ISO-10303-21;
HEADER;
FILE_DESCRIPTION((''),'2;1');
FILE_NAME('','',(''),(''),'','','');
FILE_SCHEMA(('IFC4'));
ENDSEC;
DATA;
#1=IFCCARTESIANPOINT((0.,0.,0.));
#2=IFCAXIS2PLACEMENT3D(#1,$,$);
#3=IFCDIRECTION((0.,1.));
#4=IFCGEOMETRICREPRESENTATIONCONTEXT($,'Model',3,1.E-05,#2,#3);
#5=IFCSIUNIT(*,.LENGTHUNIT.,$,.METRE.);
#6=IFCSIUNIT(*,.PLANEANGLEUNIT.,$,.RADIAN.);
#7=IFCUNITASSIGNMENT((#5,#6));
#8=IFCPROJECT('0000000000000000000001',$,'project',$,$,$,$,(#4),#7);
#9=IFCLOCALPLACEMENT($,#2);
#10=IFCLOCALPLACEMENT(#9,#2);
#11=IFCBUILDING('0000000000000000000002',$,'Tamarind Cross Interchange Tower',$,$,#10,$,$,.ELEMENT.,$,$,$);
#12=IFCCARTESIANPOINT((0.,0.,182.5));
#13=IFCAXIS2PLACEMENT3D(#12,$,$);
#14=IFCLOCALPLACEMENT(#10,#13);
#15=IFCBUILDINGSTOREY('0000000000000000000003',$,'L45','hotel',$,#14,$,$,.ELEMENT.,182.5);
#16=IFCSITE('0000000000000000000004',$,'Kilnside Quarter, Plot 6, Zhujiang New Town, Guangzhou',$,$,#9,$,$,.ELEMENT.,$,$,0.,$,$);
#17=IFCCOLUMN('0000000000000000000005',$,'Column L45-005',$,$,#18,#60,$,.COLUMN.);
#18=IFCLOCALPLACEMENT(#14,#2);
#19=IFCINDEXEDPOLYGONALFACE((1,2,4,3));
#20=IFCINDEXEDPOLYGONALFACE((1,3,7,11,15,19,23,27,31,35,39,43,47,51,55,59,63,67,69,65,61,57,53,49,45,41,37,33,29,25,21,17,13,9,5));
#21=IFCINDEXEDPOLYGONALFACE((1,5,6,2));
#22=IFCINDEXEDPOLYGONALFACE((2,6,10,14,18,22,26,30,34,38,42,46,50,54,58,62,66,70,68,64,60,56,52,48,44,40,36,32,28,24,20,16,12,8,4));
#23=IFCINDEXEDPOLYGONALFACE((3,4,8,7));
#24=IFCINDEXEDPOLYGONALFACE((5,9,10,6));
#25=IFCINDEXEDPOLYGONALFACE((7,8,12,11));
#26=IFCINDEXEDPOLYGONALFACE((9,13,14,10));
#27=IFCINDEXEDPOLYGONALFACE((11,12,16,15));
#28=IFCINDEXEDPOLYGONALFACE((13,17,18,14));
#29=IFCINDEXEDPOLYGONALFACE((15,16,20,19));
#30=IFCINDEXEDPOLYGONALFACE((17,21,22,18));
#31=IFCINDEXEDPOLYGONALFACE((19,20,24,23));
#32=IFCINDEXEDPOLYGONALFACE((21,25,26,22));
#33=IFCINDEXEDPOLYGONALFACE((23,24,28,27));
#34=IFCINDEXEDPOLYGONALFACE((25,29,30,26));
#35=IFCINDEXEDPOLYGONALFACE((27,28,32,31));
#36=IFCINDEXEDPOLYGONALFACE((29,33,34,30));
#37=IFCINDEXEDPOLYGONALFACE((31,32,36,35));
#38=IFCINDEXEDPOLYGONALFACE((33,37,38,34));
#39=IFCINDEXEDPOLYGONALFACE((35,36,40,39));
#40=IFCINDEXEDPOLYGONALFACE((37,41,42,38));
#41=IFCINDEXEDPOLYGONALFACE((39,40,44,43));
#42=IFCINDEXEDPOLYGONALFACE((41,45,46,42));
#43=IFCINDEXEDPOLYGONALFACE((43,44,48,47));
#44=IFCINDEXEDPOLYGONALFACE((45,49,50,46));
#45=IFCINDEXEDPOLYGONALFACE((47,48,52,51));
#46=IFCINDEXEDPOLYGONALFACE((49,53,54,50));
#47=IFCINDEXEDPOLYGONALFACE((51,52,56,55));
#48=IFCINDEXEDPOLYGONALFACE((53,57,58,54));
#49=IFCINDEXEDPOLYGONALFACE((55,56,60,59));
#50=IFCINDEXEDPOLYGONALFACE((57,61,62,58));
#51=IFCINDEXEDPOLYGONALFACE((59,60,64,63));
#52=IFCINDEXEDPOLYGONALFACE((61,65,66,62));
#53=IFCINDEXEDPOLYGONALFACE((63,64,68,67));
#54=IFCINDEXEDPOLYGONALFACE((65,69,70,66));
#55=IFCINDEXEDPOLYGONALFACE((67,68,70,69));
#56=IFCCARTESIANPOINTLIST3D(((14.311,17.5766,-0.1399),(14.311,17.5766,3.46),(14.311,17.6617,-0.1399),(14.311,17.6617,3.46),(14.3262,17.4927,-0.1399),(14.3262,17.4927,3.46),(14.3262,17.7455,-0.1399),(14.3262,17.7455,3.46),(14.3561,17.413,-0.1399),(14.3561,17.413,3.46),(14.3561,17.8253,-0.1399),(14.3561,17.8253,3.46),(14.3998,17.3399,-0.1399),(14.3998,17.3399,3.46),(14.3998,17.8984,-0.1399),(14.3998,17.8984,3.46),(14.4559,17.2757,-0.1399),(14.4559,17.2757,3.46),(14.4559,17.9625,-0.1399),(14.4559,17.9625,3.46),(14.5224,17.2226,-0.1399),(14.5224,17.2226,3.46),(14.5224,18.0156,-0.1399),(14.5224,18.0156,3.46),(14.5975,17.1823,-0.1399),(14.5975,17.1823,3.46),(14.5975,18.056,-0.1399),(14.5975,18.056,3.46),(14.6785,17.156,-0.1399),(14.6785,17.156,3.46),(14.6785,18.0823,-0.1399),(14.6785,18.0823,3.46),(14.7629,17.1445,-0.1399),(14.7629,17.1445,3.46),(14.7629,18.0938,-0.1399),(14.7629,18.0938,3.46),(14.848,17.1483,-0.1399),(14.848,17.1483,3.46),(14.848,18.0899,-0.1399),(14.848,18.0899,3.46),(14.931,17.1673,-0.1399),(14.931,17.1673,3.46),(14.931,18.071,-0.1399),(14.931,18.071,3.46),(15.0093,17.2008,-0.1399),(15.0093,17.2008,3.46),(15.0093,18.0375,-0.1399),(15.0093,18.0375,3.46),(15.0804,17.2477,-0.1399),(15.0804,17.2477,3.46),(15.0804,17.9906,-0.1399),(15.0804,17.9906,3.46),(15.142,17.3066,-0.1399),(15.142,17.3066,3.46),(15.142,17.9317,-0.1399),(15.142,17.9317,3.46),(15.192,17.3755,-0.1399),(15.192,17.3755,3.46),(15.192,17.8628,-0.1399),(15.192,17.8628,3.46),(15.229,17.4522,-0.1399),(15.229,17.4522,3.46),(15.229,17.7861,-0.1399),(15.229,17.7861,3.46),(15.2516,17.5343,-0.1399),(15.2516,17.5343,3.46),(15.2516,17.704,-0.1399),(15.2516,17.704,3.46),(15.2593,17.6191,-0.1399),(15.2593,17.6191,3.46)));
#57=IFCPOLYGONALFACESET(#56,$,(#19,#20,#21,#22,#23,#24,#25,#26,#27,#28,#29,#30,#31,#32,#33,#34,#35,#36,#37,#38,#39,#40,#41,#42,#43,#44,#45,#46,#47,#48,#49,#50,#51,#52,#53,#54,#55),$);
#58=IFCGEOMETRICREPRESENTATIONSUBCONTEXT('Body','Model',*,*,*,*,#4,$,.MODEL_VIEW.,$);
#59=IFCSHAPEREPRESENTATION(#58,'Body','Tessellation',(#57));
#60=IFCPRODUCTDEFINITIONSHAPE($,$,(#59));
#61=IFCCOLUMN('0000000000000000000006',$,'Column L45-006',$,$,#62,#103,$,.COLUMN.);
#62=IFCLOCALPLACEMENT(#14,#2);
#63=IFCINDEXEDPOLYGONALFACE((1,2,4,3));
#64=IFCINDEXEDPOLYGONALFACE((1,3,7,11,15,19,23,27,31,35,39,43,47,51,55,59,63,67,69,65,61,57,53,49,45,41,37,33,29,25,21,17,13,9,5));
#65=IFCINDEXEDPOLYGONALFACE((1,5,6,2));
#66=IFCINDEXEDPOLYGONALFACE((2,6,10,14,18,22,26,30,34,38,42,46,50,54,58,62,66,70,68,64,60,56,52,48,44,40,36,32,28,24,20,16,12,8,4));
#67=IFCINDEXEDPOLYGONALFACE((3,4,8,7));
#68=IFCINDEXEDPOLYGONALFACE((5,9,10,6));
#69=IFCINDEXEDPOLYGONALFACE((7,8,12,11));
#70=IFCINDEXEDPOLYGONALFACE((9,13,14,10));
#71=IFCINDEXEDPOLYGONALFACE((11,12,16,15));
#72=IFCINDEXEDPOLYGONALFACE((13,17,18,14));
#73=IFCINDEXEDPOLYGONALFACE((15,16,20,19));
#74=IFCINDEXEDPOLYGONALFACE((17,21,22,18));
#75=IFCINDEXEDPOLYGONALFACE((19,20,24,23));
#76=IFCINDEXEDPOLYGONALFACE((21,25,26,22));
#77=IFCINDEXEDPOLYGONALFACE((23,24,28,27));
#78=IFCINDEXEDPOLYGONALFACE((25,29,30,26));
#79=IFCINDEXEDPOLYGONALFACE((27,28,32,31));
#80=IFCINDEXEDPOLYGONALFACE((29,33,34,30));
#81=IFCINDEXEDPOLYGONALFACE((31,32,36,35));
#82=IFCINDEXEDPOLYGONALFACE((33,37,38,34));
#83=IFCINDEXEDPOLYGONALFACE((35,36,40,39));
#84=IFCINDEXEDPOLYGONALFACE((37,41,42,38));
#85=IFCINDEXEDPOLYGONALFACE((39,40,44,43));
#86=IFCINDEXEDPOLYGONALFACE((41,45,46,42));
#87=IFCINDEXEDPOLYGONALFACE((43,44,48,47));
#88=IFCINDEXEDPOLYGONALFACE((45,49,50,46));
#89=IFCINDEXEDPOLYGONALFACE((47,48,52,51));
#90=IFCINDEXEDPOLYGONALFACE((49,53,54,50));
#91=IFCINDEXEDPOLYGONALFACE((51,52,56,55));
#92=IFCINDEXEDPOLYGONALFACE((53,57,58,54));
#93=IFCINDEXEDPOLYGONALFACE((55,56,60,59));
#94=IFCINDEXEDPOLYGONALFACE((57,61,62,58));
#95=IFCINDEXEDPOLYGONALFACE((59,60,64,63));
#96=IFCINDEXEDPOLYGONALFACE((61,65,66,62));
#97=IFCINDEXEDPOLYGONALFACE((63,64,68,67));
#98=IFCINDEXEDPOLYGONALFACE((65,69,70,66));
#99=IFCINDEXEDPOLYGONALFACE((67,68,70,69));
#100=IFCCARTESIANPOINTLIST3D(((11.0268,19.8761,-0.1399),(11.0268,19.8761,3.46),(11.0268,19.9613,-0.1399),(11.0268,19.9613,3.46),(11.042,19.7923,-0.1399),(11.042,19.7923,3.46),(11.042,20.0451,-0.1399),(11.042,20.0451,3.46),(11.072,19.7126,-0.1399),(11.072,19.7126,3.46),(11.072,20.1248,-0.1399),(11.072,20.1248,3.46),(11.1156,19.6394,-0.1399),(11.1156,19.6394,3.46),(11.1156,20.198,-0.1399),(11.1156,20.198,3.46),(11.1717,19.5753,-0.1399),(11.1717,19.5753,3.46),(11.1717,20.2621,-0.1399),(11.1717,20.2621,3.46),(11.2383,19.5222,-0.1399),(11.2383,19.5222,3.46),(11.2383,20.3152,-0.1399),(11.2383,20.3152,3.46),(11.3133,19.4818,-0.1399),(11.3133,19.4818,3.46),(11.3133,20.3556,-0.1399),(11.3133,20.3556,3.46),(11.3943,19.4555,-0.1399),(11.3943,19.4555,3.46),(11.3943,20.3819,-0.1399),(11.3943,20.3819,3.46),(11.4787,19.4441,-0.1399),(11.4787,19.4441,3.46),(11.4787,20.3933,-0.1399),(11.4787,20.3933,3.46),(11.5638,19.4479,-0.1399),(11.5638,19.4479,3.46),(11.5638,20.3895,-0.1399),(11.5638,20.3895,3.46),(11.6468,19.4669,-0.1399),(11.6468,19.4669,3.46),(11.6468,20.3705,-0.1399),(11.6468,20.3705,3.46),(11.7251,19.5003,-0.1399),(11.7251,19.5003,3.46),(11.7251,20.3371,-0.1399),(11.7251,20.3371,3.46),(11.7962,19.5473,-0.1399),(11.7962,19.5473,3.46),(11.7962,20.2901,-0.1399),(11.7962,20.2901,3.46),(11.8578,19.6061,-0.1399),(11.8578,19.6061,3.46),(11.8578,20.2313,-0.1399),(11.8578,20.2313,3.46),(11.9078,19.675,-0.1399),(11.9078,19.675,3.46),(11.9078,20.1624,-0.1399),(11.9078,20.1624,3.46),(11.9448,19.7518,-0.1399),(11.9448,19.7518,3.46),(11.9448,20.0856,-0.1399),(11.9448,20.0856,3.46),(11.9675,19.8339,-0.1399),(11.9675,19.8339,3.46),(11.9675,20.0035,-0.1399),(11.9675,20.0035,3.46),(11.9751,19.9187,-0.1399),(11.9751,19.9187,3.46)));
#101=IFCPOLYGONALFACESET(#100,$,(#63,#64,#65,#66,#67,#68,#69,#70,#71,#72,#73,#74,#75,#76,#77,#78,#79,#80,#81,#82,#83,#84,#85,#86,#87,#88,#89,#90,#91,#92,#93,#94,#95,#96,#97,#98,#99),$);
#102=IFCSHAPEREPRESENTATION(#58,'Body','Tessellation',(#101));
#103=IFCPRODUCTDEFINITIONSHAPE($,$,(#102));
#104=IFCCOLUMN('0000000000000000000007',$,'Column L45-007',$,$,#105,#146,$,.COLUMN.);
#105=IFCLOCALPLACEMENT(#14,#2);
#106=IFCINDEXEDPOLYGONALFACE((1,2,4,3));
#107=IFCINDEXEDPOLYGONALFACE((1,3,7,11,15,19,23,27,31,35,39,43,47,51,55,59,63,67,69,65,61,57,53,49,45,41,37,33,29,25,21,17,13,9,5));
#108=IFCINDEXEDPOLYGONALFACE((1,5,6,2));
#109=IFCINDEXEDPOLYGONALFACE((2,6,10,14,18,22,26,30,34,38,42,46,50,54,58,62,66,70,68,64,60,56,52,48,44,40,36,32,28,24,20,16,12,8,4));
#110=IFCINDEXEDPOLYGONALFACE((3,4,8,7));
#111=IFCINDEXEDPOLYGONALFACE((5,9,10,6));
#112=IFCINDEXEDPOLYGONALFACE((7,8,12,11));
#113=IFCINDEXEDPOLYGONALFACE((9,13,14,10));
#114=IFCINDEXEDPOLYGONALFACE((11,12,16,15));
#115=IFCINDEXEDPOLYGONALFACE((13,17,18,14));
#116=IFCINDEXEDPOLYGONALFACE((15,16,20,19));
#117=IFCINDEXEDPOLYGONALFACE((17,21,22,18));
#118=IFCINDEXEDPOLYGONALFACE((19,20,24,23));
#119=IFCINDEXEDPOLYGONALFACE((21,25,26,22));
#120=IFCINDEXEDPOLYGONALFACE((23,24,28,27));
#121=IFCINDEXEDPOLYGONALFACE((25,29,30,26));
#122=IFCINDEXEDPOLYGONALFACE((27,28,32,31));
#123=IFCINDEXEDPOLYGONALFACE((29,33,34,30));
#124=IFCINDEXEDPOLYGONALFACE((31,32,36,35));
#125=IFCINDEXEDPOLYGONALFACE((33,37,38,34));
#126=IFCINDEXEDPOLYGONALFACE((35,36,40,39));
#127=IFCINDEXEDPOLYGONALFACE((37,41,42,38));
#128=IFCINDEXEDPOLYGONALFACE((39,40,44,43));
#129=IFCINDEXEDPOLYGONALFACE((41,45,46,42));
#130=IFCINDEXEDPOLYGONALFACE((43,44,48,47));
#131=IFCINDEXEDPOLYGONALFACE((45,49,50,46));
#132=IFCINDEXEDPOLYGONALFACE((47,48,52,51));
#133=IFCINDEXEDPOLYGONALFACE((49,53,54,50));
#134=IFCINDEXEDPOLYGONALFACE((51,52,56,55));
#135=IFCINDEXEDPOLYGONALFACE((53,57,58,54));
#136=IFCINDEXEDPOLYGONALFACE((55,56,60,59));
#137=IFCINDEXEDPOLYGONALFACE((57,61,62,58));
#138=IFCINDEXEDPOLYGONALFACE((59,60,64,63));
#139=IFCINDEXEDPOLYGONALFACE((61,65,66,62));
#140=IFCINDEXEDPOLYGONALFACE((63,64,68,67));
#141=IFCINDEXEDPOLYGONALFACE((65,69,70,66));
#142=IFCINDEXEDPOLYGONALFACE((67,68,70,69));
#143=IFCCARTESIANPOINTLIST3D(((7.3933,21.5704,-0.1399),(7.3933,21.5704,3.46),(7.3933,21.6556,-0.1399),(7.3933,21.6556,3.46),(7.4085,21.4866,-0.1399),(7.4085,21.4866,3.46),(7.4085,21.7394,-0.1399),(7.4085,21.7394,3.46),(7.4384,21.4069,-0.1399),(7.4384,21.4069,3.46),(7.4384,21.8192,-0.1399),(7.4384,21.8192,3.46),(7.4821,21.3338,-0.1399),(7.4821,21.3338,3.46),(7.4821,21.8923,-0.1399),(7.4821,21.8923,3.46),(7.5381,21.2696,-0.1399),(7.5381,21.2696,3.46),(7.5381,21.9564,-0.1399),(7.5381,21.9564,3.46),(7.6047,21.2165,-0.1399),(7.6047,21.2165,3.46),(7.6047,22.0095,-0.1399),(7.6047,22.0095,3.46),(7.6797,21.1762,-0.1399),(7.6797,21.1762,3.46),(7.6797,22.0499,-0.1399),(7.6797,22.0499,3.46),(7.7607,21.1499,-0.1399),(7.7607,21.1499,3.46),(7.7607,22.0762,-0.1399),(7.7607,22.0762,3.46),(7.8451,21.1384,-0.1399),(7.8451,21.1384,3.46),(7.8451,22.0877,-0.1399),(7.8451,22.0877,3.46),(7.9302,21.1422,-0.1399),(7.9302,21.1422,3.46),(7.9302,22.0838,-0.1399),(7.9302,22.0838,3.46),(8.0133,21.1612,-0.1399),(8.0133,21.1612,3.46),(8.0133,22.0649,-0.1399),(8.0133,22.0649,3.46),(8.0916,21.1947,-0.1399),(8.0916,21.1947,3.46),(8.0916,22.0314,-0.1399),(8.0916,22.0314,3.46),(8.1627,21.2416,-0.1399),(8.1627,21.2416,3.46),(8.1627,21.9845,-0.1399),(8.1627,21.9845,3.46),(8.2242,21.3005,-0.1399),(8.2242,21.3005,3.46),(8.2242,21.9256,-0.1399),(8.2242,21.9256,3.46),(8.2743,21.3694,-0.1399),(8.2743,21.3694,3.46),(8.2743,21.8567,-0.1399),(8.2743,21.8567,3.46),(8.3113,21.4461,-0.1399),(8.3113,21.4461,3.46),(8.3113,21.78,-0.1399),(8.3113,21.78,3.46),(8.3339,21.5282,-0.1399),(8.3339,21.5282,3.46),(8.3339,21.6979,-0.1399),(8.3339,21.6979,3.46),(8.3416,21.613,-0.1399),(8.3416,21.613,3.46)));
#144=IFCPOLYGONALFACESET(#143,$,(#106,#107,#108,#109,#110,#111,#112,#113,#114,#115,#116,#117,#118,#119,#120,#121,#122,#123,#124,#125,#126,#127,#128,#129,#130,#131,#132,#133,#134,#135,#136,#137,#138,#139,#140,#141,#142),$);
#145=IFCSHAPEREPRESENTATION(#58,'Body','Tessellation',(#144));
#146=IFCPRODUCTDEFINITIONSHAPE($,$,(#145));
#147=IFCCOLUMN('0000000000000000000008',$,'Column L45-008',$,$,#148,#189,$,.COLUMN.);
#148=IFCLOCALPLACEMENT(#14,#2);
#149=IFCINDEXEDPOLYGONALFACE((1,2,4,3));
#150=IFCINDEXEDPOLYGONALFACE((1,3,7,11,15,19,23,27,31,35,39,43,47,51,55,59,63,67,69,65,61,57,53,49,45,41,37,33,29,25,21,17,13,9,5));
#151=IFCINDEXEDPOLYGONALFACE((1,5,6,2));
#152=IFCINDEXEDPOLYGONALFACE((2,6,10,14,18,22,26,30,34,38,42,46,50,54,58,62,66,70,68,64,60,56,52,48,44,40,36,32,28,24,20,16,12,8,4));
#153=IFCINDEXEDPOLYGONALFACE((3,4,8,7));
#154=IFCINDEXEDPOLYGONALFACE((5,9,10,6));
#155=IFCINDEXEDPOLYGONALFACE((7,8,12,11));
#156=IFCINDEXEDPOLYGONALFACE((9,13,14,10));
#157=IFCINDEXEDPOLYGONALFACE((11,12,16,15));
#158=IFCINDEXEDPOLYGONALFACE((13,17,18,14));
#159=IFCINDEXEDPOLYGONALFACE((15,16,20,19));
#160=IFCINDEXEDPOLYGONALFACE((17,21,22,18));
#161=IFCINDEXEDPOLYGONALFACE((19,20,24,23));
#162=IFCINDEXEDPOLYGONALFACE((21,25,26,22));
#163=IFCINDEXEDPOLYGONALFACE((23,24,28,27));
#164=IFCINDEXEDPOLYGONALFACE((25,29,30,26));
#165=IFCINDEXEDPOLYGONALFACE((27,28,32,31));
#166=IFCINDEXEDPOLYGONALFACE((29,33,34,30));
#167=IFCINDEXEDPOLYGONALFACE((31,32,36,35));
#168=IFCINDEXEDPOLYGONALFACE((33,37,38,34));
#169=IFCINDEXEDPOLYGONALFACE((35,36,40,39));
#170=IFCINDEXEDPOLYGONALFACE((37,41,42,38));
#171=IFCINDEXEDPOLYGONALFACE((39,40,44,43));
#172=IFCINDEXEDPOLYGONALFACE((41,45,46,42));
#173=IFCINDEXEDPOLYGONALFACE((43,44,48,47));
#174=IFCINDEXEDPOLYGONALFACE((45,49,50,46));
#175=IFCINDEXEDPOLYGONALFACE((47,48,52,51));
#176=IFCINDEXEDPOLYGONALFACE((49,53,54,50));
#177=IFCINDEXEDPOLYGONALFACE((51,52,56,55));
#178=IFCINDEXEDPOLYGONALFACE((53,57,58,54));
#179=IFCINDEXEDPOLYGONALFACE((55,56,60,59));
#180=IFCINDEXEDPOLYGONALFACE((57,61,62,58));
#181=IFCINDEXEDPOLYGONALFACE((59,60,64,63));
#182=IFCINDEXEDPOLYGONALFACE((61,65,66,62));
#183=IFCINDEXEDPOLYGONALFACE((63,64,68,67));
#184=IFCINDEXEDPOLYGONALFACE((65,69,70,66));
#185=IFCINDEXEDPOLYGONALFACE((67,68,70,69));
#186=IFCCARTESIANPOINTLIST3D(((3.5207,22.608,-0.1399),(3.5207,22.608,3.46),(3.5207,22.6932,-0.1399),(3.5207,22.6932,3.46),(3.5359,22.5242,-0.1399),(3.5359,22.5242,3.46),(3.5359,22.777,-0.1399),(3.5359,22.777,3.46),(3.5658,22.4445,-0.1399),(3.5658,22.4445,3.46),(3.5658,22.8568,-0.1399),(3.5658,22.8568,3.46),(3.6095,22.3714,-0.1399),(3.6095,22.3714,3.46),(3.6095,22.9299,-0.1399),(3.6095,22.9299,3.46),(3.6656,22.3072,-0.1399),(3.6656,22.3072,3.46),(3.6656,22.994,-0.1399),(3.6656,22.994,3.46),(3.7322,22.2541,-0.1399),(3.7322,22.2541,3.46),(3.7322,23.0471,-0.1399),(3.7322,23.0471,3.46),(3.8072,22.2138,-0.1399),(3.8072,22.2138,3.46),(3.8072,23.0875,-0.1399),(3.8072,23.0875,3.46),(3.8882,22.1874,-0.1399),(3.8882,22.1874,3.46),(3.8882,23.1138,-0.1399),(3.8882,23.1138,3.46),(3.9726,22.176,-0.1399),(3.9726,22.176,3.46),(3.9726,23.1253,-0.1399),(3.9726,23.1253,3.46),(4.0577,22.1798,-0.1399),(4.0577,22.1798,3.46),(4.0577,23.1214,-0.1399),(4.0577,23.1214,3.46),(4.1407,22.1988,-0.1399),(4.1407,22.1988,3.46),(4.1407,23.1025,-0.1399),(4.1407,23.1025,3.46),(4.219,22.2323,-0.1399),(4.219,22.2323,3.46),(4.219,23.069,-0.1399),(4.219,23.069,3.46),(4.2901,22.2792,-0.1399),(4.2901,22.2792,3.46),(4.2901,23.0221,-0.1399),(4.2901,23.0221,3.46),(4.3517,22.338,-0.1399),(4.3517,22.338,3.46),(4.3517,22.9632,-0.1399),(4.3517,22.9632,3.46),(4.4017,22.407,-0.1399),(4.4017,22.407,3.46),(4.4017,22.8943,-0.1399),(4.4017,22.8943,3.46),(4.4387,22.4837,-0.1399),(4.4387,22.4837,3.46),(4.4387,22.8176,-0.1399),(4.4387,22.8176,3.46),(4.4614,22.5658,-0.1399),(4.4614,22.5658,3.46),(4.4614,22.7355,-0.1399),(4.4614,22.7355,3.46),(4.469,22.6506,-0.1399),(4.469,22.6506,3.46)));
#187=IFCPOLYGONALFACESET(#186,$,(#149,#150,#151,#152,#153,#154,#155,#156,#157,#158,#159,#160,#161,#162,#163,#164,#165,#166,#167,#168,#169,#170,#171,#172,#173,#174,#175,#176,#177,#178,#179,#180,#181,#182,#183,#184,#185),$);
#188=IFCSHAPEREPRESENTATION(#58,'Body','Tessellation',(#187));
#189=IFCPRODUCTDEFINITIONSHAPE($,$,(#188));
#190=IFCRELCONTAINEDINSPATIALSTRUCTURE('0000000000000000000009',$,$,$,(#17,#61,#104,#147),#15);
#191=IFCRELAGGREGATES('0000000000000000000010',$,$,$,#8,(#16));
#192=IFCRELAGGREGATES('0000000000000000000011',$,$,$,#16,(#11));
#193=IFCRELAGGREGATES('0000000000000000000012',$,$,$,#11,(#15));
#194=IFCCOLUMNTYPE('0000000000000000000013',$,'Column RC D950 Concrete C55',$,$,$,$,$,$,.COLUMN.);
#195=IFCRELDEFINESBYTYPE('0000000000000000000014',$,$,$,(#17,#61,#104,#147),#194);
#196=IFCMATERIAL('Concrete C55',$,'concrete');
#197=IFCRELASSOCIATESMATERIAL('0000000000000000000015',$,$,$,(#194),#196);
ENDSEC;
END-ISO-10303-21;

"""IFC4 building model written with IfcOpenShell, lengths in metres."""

from ifc_helpers import new_model, si_unit, direction, frame, origin, origin_2d, place, context, subcontext, project, spatial, circle, extrude, material, material_profile, profile_set, type_object, element, save


model = new_model("IFC4")

# Units and contexts
model_context = context("Model", 3, precision=1e-05, world=origin(), true_north=direction((0.0, 1.0)))
body_context = subcontext(model_context, "Body", "Model", "MODEL_VIEW")
ifc_project = project(units=[si_unit("LENGTHUNIT", "METRE"), si_unit("PLANEANGLEUNIT", "RADIAN")], contexts=[model_context])

# Site, building, storey
site_placement = place(None, origin())
site = spatial("IfcSite", under=ifc_project, at=site_placement, Name="Kilnside Quarter, Plot 6, Zhujiang New Town, Guangzhou", CompositionType="ELEMENT", RefElevation=0.0)
building_placement = place(site_placement, origin())
building = spatial("IfcBuilding", under=site, at=building_placement, Name="Tamarind Cross Interchange Tower", CompositionType="ELEMENT")
storey_placement = place(building_placement, frame((0.0, 0.0, 182.5)))
storey = spatial("IfcBuildingStorey", under=building, at=storey_placement, Name="L45", Description="hotel", CompositionType="ELEMENT", Elevation=182.5)

# Columns
ifc_material_1 = material(Name="Concrete C55", Category="concrete")
ifc_material_profile_1 = material_profile(ifc_material_1, circle(Radius=0.4751, at=origin_2d()), Name="RC D950")
ifc_profile_set_1 = profile_set([ifc_material_profile_1], Name="Concrete C55")
column_type = type_object("IfcColumnType", Name="Column RC D950 Concrete C55", PredefinedType="COLUMN", material=ifc_profile_set_1)
for number, where, z_axis, x_axis, name in (
    (1, (14.7842, 17.6191, -0.1399), (0.0, 0.0, 1.0), (1.0, 0.0, 0.0), "Column L45-005"),
    (2, (11.5, 19.9187, -0.1399), (0.0, 0.0, 1.0), (1.0, 0.0, 0.0), "Column L45-006"),
    (3, (7.8665, 21.613, -0.1399), (0.0, 0.0, 1.0), (1.0, 0.0, 0.0), "Column L45-007"),
    (4, (3.9939, 22.6506, -0.1399), (0.0, 0.0, 1.0), (1.0, 0.0, 0.0), "Column L45-008"),
):
    element("IfcColumn", number, at=place(storey_placement, frame(where, z_axis=z_axis, x_axis=x_axis)), inside=storey, type_object=column_type, Name=name, PredefinedType="COLUMN", context=body_context, shape_type="SweptSolid", body=[
        extrude(circle(Radius=0.4751, at=origin_2d()), origin(), (0.0, 0.0, 1.0), 3.5999),
    ])

save(model, "model.ifc")
